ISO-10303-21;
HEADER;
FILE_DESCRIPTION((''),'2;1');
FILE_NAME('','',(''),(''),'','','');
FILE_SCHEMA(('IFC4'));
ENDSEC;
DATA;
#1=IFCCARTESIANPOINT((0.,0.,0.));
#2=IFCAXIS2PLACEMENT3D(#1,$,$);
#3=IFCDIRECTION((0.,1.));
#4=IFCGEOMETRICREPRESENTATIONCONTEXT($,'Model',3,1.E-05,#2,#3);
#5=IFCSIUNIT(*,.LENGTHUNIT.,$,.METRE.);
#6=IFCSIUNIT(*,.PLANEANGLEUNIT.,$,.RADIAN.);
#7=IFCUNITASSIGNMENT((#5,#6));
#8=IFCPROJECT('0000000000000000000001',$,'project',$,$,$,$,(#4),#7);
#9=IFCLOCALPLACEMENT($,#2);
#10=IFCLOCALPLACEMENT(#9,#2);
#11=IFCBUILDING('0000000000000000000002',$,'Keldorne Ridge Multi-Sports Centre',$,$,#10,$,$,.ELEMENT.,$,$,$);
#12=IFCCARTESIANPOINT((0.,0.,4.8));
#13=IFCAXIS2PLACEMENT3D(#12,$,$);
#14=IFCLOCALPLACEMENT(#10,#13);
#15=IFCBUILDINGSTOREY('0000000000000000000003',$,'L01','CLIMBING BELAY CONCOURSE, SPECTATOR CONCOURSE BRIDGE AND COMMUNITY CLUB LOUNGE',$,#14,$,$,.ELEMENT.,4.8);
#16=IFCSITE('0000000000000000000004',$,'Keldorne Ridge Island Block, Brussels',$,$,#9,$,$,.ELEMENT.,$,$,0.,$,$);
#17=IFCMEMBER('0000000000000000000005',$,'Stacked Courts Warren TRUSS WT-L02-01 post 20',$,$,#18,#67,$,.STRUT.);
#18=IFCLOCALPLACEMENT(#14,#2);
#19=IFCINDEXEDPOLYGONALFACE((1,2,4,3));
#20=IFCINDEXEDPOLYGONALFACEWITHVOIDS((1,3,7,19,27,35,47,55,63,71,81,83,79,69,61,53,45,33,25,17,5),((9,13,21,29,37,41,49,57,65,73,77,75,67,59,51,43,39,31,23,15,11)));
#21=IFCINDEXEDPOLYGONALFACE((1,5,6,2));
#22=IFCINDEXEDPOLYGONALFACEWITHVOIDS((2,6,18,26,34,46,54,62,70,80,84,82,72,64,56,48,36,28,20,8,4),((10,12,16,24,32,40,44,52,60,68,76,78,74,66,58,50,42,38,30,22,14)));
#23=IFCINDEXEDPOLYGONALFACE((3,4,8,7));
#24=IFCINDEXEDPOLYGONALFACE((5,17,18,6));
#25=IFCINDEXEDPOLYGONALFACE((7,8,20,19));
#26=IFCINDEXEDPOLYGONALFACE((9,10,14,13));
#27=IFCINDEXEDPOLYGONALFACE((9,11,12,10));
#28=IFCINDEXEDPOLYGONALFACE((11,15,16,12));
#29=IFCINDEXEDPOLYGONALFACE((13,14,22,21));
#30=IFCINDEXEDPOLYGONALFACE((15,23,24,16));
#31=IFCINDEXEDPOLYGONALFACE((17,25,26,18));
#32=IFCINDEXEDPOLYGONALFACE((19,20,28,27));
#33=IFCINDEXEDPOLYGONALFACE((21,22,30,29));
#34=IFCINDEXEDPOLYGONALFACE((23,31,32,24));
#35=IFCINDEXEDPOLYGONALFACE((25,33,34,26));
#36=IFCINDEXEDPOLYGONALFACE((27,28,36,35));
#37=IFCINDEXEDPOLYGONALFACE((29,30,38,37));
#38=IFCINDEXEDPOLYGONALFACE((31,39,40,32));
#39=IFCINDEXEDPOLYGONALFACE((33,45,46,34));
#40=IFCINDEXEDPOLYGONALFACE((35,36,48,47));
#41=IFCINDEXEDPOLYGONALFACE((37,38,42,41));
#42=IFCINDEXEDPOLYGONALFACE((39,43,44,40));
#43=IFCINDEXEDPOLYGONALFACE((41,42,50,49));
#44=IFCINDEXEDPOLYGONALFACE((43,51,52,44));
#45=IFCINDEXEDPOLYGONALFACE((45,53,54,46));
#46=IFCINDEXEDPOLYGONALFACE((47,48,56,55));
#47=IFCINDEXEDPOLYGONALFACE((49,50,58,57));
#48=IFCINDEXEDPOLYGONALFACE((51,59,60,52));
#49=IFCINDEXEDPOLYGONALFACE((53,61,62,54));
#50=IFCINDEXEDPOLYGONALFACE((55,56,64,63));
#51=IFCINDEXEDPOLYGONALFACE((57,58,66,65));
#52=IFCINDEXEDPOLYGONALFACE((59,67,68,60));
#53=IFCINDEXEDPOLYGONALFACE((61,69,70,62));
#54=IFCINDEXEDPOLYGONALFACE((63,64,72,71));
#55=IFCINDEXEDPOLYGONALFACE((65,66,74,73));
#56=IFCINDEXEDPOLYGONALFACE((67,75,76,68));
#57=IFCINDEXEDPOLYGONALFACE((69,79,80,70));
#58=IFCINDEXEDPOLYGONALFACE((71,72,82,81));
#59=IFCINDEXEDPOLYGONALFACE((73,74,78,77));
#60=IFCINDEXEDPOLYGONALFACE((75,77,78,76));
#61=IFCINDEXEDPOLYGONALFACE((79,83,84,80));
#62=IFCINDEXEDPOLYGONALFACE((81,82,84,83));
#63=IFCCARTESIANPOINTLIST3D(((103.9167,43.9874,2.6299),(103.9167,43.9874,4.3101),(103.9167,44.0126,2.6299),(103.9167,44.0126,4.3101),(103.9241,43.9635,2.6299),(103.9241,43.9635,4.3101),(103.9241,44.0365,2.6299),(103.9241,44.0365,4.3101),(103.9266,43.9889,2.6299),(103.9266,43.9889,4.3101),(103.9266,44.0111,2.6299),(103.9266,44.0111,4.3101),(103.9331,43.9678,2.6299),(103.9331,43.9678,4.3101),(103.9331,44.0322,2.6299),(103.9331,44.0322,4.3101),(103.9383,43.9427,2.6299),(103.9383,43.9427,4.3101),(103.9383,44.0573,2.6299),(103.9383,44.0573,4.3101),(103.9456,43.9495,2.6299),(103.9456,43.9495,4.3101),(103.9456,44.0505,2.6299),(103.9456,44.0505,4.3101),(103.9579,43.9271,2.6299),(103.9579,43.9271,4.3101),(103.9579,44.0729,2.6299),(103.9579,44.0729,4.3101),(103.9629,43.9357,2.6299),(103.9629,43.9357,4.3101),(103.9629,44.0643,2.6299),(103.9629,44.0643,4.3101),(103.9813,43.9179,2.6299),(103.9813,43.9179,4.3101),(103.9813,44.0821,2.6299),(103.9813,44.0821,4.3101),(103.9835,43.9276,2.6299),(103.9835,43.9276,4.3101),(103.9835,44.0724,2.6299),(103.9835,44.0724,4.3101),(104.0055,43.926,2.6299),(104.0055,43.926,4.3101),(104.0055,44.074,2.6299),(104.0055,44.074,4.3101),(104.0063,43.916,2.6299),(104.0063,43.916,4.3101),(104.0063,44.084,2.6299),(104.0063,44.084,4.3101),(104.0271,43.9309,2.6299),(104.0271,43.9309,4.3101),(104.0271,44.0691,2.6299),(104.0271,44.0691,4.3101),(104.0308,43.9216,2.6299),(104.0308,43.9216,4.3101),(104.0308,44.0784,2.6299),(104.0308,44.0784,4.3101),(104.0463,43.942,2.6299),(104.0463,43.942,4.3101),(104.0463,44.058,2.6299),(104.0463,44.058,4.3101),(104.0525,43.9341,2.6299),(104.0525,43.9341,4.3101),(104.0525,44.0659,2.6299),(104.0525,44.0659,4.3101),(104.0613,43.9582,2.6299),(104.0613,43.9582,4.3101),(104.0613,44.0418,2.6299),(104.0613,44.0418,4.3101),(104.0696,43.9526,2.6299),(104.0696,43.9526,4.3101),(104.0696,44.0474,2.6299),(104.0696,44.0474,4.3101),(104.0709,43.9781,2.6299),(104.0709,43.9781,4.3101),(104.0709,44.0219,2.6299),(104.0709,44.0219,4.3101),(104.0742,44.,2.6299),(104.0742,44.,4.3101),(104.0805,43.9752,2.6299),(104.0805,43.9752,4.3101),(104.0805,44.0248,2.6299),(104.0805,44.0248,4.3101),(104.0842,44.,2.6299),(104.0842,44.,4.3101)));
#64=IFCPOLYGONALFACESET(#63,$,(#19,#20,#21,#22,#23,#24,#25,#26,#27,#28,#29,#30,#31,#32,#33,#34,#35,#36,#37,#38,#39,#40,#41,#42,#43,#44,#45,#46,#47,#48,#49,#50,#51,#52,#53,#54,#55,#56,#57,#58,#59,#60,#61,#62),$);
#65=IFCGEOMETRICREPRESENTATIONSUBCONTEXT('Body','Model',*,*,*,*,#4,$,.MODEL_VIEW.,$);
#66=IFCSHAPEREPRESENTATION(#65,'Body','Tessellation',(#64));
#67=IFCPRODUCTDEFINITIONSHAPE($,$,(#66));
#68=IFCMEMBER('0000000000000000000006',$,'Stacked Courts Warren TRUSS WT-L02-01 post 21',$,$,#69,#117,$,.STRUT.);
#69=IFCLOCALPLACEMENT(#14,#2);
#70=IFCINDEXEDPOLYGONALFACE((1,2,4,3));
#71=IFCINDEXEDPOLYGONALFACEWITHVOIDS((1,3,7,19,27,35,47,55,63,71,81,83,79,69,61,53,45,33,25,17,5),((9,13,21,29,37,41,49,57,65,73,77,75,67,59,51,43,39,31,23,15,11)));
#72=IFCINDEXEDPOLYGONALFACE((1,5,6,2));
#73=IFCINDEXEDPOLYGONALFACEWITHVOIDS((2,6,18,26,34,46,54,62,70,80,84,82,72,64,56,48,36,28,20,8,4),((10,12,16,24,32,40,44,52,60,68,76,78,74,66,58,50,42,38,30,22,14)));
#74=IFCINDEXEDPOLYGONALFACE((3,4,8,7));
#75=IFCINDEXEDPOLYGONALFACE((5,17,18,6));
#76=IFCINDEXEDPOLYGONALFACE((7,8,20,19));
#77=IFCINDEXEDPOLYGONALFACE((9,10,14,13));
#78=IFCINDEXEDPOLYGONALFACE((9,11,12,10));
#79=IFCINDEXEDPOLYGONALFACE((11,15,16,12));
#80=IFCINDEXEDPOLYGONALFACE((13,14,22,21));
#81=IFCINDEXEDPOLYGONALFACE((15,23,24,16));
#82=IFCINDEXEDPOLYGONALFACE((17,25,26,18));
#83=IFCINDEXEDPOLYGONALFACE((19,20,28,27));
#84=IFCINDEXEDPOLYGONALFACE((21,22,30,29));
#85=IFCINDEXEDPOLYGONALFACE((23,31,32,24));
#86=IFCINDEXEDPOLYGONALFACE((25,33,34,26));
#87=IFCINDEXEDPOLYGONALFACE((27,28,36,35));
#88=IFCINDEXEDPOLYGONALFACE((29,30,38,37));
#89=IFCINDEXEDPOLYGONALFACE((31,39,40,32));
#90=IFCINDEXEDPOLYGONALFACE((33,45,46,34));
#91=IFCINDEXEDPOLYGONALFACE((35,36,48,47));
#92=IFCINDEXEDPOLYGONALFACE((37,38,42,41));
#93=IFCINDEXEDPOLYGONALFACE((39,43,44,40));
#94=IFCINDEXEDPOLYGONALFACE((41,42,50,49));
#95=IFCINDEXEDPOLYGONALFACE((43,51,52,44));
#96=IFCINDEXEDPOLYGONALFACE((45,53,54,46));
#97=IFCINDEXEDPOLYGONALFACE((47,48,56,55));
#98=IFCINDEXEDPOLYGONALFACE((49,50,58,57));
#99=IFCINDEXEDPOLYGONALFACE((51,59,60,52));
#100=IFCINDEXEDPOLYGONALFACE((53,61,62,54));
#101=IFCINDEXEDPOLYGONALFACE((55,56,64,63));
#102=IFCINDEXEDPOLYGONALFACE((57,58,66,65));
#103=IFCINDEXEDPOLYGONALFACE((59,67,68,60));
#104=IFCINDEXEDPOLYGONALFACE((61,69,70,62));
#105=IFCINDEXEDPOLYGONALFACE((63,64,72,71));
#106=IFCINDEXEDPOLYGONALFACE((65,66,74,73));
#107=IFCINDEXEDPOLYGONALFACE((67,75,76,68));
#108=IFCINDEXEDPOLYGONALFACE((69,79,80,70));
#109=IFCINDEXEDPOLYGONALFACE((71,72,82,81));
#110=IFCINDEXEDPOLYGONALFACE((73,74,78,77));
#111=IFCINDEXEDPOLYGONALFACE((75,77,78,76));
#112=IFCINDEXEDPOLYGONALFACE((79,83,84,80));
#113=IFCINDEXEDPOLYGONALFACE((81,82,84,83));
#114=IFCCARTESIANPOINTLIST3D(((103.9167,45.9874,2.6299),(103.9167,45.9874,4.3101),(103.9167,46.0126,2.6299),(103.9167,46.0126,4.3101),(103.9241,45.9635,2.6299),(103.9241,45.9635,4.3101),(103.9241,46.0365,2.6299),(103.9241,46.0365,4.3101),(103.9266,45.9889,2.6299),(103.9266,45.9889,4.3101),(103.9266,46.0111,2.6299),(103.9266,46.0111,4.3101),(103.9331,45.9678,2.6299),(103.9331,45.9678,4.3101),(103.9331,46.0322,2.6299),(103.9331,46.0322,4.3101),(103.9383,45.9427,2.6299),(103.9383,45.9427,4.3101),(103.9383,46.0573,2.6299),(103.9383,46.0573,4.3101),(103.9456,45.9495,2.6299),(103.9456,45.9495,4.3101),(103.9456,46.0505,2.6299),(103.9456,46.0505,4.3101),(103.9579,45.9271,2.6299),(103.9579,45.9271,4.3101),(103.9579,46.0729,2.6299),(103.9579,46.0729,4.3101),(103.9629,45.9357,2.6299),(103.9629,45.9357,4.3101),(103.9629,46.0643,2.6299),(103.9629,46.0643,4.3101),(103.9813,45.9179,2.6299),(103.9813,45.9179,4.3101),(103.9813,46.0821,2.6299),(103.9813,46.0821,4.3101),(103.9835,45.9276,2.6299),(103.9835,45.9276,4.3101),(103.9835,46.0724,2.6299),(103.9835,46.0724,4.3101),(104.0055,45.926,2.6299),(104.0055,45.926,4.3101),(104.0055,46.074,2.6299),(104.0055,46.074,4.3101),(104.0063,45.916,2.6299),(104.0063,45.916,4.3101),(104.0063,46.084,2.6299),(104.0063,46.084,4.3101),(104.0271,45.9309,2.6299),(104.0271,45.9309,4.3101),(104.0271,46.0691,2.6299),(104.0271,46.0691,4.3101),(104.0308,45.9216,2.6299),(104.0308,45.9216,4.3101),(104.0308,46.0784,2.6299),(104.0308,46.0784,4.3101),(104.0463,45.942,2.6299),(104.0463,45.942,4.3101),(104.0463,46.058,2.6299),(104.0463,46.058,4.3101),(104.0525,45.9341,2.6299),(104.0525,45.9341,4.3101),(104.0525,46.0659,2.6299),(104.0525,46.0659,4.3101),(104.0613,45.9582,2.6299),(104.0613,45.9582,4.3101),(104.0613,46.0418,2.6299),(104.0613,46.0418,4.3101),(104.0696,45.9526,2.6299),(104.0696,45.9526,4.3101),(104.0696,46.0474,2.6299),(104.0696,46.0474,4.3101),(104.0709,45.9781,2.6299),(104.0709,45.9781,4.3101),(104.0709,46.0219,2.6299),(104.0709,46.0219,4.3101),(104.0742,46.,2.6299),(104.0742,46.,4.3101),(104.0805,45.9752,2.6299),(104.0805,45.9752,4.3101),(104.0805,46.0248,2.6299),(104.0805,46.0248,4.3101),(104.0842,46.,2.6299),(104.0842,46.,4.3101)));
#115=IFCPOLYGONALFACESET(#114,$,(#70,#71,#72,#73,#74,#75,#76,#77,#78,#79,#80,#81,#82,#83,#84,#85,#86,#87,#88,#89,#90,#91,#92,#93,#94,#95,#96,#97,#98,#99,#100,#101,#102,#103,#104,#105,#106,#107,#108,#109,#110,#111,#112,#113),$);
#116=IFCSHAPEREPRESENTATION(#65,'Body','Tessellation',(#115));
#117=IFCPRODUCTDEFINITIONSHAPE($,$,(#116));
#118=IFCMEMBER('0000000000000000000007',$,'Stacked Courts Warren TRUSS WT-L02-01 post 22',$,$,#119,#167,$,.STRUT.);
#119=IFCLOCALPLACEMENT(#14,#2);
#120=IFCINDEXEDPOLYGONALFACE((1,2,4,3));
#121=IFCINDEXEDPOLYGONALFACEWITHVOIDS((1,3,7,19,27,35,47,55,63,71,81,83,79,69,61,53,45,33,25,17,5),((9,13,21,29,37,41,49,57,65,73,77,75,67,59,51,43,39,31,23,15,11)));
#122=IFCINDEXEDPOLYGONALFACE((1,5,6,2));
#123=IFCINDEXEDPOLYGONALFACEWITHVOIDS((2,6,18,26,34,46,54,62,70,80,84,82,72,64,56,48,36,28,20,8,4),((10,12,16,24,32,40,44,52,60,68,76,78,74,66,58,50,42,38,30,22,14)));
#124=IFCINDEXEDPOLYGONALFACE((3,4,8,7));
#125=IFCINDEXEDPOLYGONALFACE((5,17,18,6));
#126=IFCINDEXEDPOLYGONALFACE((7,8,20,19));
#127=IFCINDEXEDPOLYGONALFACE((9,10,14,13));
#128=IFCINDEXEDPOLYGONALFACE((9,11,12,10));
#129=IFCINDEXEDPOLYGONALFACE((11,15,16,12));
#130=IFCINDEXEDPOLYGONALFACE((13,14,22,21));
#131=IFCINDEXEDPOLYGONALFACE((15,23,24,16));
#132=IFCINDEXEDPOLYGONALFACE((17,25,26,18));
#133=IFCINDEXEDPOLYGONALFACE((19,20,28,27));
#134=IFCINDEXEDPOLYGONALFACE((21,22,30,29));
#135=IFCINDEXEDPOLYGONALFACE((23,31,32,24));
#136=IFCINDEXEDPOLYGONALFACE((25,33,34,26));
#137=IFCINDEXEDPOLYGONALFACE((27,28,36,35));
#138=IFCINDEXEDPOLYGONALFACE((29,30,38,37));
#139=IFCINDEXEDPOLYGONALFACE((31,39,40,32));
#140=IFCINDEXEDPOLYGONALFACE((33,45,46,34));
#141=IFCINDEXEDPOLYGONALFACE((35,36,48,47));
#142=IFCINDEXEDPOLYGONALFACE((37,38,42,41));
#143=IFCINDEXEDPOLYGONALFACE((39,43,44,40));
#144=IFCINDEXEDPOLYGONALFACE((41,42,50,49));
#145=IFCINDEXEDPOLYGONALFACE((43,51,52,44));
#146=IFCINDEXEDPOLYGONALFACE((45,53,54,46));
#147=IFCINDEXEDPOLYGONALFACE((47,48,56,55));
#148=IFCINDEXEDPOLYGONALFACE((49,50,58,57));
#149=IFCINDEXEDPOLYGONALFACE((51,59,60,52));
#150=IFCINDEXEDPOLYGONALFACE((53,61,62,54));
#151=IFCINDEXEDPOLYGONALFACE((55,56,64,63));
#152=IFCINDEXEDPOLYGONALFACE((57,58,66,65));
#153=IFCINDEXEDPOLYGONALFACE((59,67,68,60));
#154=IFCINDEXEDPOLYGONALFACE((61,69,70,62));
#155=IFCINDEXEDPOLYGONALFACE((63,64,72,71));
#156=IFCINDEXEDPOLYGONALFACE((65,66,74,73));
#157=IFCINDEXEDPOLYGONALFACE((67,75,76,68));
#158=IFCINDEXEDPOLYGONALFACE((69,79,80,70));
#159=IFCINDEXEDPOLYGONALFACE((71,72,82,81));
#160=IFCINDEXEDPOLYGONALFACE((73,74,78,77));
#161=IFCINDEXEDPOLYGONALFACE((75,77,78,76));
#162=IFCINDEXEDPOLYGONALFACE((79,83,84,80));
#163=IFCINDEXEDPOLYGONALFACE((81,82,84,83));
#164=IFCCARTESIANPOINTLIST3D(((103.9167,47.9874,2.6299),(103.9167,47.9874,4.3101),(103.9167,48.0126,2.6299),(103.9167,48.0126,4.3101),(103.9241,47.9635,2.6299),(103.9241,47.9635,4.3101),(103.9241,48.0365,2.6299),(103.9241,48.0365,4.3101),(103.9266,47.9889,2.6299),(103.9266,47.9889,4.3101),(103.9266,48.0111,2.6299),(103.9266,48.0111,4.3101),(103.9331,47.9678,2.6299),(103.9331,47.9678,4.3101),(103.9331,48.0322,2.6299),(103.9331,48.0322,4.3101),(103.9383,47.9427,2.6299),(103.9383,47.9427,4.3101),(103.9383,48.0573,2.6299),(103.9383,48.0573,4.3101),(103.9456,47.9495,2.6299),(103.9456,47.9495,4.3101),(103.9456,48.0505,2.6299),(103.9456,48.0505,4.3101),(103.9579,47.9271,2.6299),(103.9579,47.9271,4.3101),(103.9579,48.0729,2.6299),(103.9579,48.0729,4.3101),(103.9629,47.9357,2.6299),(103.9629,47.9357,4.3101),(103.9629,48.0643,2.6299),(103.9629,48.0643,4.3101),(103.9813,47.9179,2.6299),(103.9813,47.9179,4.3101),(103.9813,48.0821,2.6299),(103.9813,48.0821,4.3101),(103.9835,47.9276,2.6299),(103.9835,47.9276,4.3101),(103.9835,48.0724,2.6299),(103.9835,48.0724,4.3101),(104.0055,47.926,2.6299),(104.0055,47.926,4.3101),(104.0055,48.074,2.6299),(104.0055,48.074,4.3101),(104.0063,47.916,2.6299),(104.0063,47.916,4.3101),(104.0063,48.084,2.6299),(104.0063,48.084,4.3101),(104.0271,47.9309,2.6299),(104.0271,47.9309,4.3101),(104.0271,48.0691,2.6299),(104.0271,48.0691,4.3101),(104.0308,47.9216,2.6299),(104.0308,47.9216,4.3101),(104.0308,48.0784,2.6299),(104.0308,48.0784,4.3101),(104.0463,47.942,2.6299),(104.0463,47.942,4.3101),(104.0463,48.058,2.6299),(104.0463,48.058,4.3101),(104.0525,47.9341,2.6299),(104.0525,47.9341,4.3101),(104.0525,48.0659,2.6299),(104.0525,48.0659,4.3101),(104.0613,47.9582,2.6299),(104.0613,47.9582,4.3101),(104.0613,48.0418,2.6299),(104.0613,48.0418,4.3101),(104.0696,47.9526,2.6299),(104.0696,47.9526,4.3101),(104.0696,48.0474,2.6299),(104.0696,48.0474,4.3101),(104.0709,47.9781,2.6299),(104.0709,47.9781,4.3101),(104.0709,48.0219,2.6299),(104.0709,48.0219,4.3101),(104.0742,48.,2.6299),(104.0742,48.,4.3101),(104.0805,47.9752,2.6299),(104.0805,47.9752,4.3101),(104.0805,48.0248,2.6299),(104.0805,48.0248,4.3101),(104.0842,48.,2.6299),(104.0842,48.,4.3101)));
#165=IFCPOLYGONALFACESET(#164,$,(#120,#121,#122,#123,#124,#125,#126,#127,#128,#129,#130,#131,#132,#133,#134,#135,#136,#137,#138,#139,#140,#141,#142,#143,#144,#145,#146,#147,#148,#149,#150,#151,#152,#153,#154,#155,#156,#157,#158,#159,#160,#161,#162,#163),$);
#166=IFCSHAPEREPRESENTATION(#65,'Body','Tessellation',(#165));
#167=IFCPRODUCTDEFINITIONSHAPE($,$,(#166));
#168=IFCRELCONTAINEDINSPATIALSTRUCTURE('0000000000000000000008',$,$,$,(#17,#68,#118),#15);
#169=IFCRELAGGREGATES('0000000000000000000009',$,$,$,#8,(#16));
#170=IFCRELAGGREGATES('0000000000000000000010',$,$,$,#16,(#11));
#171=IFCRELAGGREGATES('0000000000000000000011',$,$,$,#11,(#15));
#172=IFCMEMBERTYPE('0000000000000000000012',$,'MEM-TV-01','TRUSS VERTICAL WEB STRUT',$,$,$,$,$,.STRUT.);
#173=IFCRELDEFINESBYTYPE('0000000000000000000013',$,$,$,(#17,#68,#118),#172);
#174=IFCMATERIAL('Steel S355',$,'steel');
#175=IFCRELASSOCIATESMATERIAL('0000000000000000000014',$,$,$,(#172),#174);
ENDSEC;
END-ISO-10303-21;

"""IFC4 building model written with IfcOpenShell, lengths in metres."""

from ifc_helpers import new_model, si_unit, direction, frame, origin, origin_2d, place, context, subcontext, project, spatial, hollow_circle, extrude, material, material_profile, profile_set, type_object, element, save


model = new_model("IFC4")

# Units and contexts
model_context = context("Model", 3, precision=1e-05, world=origin(), true_north=direction((0.0, 1.0)))
body_context = subcontext(model_context, "Body", "Model", "MODEL_VIEW")
ifc_project = project(units=[si_unit("LENGTHUNIT", "METRE"), si_unit("PLANEANGLEUNIT", "RADIAN")], contexts=[model_context])

# Site, building, storey
site_placement = place(None, origin())
site = spatial("IfcSite", under=ifc_project, at=site_placement, Name="Keldorne Ridge Island Block, Brussels", CompositionType="ELEMENT", RefElevation=0.0)
building_placement = place(site_placement, origin())
building = spatial("IfcBuilding", under=site, at=building_placement, Name="Keldorne Ridge Multi-Sports Centre", CompositionType="ELEMENT")
storey_placement = place(building_placement, frame((0.0, 0.0, 4.8)))
storey = spatial("IfcBuildingStorey", under=building, at=storey_placement, Name="L01", Description="CLIMBING BELAY CONCOURSE, SPECTATOR CONCOURSE BRIDGE AND COMMUNITY CLUB LOUNGE", CompositionType="ELEMENT", Elevation=4.8)

# Shared definitions
ifc_material_1 = material(Name="Steel S355", Category="steel")

# Members
ifc_material_profile_1 = material_profile(ifc_material_1, hollow_circle(Radius=0.0842, WallThickness=0.01, at=origin_2d()), Name="CHS 168.3x10")
ifc_profile_set_1 = profile_set([ifc_material_profile_1], Name="Steel S355")
member_type_1 = type_object("IfcMemberType", Name="MEM-TV-01", Description="TRUSS VERTICAL WEB STRUT", PredefinedType="STRUT", material=ifc_profile_set_1)
for number, where, z_axis, x_axis, name in (
    (1, (104.0, 44.0, 2.6299), (0.0, 0.0, 1.0), (1.0, 0.0, 0.0), "Stacked Courts Warren TRUSS WT-L02-01 post 20"),
    (2, (104.0, 46.0, 2.6299), (0.0, 0.0, 1.0), (1.0, 0.0, 0.0), "Stacked Courts Warren TRUSS WT-L02-01 post 21"),
    (3, (104.0, 48.0, 2.6299), (0.0, 0.0, 1.0), (1.0, 0.0, 0.0), "Stacked Courts Warren TRUSS WT-L02-01 post 22"),
):
    element("IfcMember", number, at=place(storey_placement, frame(where, z_axis=z_axis, x_axis=x_axis)), inside=storey, type_object=member_type_1, Name=name, PredefinedType="STRUT", context=body_context, shape_type="SweptSolid", body=[
        extrude(hollow_circle(Radius=0.0842, WallThickness=0.01, at=origin_2d()), origin(), (0.0, 0.0, 1.0), 1.6802),
    ])

save(model, "model.ifc")
